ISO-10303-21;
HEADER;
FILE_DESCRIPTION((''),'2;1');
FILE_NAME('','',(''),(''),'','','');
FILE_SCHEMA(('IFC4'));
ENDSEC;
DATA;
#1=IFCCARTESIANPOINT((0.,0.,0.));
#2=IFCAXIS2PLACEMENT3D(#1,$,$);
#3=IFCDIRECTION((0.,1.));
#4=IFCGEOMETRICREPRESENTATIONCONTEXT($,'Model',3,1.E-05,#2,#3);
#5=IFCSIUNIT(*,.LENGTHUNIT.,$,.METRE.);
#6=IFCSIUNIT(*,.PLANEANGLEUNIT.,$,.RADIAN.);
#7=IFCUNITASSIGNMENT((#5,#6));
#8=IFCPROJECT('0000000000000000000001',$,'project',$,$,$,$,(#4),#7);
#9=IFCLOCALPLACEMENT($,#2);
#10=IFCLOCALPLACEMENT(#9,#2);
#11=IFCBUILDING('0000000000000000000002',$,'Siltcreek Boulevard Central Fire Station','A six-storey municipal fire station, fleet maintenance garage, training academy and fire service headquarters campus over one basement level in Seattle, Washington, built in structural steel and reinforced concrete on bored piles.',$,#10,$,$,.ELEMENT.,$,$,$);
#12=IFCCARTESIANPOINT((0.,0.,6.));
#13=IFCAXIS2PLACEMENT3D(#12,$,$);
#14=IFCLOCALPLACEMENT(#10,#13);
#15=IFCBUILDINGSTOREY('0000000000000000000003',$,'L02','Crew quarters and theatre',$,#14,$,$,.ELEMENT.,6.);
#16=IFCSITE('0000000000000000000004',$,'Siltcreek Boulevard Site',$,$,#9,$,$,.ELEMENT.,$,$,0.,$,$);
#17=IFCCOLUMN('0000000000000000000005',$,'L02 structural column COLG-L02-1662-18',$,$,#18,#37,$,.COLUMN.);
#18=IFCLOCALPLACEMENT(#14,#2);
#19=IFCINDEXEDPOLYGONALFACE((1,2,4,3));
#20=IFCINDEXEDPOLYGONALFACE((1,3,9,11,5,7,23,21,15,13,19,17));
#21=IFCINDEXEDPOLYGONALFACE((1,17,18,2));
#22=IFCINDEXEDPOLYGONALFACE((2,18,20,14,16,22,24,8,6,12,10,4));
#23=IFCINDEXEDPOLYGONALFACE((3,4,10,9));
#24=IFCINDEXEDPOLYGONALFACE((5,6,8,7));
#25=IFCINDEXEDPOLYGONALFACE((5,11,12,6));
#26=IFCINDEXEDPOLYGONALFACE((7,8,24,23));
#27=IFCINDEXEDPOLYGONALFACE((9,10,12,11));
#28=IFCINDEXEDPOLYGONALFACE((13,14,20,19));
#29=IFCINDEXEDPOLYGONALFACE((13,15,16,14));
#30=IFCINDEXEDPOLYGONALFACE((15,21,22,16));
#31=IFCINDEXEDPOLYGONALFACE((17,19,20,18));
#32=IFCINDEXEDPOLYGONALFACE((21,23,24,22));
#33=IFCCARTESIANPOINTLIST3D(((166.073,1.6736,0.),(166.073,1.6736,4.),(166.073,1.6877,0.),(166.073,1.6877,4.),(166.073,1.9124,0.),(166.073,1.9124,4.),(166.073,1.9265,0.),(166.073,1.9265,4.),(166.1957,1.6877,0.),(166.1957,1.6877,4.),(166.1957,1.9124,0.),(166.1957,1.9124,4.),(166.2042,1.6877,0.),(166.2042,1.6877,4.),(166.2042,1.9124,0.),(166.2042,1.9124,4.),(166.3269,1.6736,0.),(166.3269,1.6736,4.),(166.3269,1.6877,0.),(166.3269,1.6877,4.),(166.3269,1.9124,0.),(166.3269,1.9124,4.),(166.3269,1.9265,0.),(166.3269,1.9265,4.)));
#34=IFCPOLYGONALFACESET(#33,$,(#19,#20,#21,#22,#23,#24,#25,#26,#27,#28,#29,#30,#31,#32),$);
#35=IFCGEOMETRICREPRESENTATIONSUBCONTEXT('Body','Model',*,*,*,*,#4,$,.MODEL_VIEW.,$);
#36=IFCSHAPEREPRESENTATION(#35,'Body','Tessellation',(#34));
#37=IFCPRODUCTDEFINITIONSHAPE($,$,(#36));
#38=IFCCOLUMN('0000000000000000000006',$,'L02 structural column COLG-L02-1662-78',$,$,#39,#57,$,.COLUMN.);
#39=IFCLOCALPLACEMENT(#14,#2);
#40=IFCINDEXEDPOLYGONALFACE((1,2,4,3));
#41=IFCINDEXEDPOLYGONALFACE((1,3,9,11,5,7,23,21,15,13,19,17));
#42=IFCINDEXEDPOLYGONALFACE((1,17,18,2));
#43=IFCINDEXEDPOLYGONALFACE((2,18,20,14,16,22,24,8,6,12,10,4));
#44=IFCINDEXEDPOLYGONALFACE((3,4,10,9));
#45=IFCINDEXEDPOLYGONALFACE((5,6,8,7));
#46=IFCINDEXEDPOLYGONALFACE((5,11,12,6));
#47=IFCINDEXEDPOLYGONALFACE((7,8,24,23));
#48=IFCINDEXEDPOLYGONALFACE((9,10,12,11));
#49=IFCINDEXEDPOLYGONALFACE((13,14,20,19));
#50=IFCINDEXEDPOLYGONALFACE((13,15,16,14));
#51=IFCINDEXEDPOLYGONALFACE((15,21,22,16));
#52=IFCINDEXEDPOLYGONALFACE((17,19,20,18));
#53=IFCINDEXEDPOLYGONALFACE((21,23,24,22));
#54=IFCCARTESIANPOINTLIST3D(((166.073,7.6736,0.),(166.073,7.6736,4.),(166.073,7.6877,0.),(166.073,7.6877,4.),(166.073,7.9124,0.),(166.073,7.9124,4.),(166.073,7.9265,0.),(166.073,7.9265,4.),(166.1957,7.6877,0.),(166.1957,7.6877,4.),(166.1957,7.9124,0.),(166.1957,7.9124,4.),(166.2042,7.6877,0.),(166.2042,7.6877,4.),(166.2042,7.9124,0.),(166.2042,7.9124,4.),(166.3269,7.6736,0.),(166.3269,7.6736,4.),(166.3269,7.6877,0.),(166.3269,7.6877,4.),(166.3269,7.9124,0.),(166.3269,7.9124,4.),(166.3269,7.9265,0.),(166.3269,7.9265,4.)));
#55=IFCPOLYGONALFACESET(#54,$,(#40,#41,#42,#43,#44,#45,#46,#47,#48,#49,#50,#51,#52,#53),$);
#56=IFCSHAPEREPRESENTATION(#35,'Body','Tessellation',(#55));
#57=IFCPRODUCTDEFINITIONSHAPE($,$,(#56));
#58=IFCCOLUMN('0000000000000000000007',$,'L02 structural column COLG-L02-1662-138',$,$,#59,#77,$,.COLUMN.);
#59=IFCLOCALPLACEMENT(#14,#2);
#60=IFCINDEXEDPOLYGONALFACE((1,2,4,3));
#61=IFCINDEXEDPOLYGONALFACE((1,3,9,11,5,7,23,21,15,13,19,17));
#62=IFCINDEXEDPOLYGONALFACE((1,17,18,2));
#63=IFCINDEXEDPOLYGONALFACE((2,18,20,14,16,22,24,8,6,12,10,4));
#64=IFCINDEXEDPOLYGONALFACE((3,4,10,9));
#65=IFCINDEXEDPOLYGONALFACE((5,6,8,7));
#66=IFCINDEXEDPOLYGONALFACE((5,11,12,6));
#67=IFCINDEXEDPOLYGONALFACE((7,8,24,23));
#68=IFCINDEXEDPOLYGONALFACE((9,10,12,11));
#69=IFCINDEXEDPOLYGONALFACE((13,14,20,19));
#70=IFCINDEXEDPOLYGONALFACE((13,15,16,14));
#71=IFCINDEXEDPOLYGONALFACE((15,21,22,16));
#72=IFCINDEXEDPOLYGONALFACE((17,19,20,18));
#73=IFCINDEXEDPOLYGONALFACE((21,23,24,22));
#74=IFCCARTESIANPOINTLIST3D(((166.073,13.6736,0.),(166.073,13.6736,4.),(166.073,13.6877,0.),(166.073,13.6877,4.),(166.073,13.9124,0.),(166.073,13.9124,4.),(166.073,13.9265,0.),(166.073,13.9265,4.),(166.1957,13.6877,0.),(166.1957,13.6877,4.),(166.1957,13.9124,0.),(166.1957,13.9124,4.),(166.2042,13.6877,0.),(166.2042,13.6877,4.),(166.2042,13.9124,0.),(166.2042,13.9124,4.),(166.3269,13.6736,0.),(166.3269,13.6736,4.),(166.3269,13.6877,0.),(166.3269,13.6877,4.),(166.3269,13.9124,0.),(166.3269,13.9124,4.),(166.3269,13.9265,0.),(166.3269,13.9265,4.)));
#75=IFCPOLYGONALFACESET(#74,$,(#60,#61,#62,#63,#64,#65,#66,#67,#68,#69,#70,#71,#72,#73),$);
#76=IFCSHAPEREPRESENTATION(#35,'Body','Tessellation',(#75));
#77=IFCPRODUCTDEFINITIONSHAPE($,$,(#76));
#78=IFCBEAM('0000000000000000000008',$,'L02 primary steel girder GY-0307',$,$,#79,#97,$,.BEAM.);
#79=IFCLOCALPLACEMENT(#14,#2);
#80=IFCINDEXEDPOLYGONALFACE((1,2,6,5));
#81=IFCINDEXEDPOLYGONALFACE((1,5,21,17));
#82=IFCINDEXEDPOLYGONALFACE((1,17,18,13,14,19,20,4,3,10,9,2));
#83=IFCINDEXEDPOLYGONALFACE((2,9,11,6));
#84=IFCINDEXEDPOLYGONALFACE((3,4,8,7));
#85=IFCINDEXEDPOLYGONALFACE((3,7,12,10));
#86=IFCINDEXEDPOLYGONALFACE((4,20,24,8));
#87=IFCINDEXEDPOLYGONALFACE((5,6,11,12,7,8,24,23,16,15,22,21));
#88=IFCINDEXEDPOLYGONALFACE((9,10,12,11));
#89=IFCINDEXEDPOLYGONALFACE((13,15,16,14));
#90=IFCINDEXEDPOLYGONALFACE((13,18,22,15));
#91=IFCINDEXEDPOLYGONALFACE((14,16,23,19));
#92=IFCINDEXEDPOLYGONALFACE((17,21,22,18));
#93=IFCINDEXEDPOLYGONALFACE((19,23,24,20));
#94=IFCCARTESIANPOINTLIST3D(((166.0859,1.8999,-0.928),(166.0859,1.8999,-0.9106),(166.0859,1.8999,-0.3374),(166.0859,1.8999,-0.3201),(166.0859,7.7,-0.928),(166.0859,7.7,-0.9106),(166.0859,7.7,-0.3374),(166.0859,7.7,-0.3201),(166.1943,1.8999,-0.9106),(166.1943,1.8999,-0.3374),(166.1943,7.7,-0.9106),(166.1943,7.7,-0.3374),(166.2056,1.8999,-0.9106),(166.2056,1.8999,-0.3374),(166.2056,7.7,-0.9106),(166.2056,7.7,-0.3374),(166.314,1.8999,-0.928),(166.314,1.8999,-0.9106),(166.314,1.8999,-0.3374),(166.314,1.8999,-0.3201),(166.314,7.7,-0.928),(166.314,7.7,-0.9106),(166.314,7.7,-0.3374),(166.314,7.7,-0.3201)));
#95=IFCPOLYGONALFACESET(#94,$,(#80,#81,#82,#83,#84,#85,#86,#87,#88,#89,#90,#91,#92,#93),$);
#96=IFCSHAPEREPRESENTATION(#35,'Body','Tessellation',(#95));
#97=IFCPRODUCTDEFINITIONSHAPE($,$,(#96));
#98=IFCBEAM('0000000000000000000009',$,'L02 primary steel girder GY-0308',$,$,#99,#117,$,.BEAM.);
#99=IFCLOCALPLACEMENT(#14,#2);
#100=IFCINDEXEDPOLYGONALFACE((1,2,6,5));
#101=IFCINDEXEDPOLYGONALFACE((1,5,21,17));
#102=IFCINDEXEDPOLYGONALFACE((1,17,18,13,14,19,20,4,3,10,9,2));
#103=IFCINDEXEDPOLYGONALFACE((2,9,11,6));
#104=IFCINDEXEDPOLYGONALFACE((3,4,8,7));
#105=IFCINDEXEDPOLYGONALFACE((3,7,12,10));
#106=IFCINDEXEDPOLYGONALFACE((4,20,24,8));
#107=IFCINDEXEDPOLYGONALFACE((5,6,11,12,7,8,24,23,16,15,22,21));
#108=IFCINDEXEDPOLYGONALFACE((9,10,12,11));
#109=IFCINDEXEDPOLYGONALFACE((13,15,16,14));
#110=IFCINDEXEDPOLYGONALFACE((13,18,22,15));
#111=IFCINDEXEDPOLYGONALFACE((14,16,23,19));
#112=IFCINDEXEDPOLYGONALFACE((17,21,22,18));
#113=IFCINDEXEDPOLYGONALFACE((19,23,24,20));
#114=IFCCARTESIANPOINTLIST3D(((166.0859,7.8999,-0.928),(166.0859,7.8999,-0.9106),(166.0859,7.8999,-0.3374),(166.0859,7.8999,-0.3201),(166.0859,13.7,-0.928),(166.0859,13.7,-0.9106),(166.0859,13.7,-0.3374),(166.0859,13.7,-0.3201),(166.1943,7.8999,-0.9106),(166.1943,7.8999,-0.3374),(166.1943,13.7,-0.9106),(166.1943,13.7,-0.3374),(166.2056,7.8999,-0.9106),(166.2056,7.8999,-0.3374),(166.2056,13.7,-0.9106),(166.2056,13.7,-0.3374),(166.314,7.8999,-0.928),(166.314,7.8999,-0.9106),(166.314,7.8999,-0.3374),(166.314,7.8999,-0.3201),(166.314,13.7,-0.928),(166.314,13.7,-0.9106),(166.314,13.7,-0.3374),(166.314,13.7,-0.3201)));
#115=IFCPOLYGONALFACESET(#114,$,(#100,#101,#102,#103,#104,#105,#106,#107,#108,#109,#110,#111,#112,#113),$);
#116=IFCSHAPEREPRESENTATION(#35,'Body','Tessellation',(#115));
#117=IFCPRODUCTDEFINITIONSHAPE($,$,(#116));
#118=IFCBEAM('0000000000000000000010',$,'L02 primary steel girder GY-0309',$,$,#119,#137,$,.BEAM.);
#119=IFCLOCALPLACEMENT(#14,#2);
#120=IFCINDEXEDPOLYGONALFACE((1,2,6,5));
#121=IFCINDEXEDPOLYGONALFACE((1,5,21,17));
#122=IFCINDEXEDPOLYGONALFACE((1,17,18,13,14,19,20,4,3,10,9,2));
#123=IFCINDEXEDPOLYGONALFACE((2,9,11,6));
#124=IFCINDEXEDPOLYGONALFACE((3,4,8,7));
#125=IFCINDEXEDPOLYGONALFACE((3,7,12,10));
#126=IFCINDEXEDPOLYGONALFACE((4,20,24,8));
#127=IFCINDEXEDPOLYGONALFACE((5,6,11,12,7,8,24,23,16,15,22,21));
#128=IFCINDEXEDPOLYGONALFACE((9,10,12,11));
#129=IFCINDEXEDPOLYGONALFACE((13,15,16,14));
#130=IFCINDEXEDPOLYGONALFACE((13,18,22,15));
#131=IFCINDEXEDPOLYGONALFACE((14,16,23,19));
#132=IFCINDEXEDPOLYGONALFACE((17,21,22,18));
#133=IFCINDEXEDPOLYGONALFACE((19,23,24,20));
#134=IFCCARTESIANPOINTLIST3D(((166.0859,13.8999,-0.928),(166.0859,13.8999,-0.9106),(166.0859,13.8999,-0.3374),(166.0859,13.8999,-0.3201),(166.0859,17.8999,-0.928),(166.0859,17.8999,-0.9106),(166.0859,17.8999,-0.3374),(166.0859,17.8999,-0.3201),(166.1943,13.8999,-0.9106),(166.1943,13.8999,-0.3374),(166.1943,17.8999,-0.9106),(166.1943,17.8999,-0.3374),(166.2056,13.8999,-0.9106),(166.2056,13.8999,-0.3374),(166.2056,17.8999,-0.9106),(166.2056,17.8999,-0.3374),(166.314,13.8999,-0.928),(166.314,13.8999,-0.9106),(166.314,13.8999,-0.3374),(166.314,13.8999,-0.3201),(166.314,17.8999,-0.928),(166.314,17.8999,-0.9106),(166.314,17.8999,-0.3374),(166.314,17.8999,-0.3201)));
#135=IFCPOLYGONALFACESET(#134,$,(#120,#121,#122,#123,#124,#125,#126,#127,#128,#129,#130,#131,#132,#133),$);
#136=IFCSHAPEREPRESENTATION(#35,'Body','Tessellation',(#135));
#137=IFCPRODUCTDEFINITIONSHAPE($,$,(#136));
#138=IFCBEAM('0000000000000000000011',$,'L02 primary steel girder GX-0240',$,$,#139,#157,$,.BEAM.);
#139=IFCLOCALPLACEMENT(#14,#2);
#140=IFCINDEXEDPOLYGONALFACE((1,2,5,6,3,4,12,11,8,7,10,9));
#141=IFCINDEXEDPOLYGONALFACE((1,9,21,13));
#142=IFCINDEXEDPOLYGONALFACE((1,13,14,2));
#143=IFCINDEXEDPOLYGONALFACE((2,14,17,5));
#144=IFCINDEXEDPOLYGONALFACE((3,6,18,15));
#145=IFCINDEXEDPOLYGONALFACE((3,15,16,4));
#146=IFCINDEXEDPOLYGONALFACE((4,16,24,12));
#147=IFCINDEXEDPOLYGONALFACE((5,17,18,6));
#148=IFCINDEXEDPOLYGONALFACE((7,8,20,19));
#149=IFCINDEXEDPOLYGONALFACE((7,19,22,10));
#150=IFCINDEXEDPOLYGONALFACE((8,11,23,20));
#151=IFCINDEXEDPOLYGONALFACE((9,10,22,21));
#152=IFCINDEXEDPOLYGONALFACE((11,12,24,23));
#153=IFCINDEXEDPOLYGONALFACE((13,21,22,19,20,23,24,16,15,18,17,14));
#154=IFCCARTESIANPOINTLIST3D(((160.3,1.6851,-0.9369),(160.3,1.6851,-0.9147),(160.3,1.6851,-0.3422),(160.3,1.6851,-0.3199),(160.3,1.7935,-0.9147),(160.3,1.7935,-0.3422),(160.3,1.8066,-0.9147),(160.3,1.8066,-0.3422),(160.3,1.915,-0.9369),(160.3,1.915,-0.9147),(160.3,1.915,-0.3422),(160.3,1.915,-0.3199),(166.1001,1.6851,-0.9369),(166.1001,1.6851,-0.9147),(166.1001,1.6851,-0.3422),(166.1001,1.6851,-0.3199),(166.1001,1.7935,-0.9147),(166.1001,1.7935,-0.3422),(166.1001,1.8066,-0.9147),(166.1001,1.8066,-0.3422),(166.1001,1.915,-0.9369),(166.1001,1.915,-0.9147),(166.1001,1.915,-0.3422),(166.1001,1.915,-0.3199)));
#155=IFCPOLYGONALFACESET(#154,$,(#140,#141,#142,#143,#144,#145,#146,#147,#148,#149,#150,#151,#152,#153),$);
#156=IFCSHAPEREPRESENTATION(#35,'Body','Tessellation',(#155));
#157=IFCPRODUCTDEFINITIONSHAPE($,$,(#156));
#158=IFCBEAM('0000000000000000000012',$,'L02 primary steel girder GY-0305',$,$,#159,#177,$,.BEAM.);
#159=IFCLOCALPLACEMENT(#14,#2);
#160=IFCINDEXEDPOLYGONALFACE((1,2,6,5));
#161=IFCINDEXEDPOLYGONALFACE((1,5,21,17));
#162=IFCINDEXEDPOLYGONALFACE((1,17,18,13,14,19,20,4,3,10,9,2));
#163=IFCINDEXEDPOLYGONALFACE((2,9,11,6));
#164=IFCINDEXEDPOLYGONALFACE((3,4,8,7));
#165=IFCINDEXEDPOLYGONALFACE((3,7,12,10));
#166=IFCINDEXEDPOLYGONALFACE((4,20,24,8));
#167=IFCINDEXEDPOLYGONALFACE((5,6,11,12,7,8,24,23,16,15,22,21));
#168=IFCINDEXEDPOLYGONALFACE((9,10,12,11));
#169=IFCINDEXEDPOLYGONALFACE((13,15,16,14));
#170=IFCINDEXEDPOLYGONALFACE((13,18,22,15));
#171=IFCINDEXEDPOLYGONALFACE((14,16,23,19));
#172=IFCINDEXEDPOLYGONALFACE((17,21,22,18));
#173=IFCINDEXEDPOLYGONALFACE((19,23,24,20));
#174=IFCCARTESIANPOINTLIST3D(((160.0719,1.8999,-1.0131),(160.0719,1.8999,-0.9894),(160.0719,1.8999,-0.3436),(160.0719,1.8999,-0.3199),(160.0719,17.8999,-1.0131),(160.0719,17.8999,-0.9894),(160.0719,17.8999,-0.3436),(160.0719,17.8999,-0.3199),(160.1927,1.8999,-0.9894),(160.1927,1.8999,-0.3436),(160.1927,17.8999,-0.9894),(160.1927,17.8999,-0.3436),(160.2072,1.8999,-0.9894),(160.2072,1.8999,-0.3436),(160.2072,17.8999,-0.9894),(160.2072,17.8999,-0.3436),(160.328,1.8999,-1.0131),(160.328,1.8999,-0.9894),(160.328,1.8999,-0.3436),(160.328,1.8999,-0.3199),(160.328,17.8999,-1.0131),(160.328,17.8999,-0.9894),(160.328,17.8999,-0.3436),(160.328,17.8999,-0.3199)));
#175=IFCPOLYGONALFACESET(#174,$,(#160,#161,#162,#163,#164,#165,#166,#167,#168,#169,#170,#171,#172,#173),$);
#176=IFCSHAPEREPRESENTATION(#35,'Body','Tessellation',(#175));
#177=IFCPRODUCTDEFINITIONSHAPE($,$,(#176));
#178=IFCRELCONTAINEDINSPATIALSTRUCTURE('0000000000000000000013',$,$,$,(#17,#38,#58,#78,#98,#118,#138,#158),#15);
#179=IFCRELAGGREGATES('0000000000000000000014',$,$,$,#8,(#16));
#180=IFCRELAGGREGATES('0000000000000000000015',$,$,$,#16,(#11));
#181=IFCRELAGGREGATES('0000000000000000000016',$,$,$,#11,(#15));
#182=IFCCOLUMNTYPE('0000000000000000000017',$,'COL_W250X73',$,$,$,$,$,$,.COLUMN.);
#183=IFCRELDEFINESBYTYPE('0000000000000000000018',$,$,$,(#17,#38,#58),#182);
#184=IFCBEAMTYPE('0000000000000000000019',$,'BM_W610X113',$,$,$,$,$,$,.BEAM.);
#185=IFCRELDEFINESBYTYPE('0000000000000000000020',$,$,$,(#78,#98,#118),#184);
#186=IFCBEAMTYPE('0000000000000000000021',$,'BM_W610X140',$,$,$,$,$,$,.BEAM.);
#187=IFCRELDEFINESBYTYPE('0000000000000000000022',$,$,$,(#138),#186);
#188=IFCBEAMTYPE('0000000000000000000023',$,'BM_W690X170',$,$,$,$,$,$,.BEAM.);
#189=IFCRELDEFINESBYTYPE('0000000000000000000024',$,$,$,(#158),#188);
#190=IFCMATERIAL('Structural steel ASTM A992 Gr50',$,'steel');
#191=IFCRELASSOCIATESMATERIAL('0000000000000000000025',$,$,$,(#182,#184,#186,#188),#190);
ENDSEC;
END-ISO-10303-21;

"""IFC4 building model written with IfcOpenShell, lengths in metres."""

from ifc_helpers import new_model, si_unit, direction, frame, origin, origin_2d, place, context, subcontext, project, spatial, i_section, extrude, material, material_profile, profile_set, type_object, element, save


model = new_model("IFC4")

# Units and contexts
model_context = context("Model", 3, precision=1e-05, world=origin(), true_north=direction((0.0, 1.0)))
body_context = subcontext(model_context, "Body", "Model", "MODEL_VIEW")
ifc_project = project(units=[si_unit("LENGTHUNIT", "METRE"), si_unit("PLANEANGLEUNIT", "RADIAN")], contexts=[model_context])

# Site, building, storey
site_placement = place(None, origin())
site = spatial("IfcSite", under=ifc_project, at=site_placement, Name="Siltcreek Boulevard Site", CompositionType="ELEMENT", RefElevation=0.0)
building_placement = place(site_placement, origin())
building = spatial("IfcBuilding", under=site, at=building_placement, Name="Siltcreek Boulevard Central Fire Station", Description="A six-storey municipal fire station, fleet maintenance garage, training academy and fire service headquarters campus over one basement level in Seattle, Washington, built in structural steel and reinforced concrete on bored piles.", CompositionType="ELEMENT")
storey_placement = place(building_placement, frame((0.0, 0.0, 6.0)))
storey = spatial("IfcBuildingStorey", under=building, at=storey_placement, Name="L02", Description="Crew quarters and theatre", CompositionType="ELEMENT", Elevation=6.0)

# Columns
ifc_material_1 = material(Name="Structural steel ASTM A992 Gr50", Category="steel")
ifc_material_profile_1 = material_profile(ifc_material_1, i_section(OverallWidth=0.2539, OverallDepth=0.2529, WebThickness=0.0085, FlangeThickness=0.0142, at=origin_2d()), Name="W250X73")
ifc_profile_set_1 = profile_set([ifc_material_profile_1], Name="Structural steel ASTM A992 Gr50")
column_type = type_object("IfcColumnType", Name="COL_W250X73", PredefinedType="COLUMN", material=ifc_profile_set_1)
for number, where, z_axis, x_axis, name in (
    (1, (166.2, 1.8, 0.0), (0.0, 0.0, 1.0), (1.0, 0.0, 0.0), "L02 structural column COLG-L02-1662-18"),
    (2, (166.2, 7.8, 0.0), (0.0, 0.0, 1.0), (1.0, 0.0, 0.0), "L02 structural column COLG-L02-1662-78"),
    (3, (166.2, 13.8, 0.0), (0.0, 0.0, 1.0), (1.0, 0.0, 0.0), "L02 structural column COLG-L02-1662-138"),
):
    element("IfcColumn", number, at=place(storey_placement, frame(where, z_axis=z_axis, x_axis=x_axis)), inside=storey, type_object=column_type, Name=name, PredefinedType="COLUMN", context=body_context, shape_type="SweptSolid", body=[
        extrude(i_section(OverallWidth=0.2539, OverallDepth=0.2529, WebThickness=0.0085, FlangeThickness=0.0142, at=origin_2d()), origin(), (0.0, 0.0, 1.0), 4.0),
    ])

# Beams
ifc_material_profile_2 = material_profile(ifc_material_1, i_section(OverallWidth=0.228, OverallDepth=0.6079, WebThickness=0.0112, FlangeThickness=0.0173, at=origin_2d()), Name="W610X113")
ifc_profile_set_2 = profile_set([ifc_material_profile_2], Name="Structural steel ASTM A992 Gr50")
beam_type_1 = type_object("IfcBeamType", Name="BM_W610X113", PredefinedType="BEAM", material=ifc_profile_set_2)
for number, where, z_axis, x_axis, name in (
    (4, (166.2, 1.8999, -0.624), (0.0, 1.0, 0.0), (-1.0, 0.0, 0.0), "L02 primary steel girder GY-0307"),
    (5, (166.2, 7.8999, -0.624), (0.0, 1.0, 0.0), (-1.0, 0.0, 0.0), "L02 primary steel girder GY-0308"),
):
    element("IfcBeam", number, at=place(storey_placement, frame(where, z_axis=z_axis, x_axis=x_axis)), inside=storey, type_object=beam_type_1, Name=name, PredefinedType="BEAM", context=body_context, shape_type="SweptSolid", body=[
        extrude(i_section(OverallWidth=0.228, OverallDepth=0.6079, WebThickness=0.0112, FlangeThickness=0.0173, at=origin_2d()), origin(), (0.0, 0.0, 1.0), 5.8),
    ])
beam_1_placement = place(storey_placement, frame((166.2, 13.8999, -0.624), z_axis=(0.0, 1.0, 0.0), x_axis=(-1.0, 0.0, 0.0)))
element("IfcBeam", 6, at=beam_1_placement, inside=storey, type_object=beam_type_1, Name="L02 primary steel girder GY-0309", PredefinedType="BEAM", context=body_context, shape_type="SweptSolid", body=[
    extrude(i_section(OverallWidth=0.228, OverallDepth=0.6079, WebThickness=0.0112, FlangeThickness=0.0173, at=origin_2d()), origin(), (0.0, 0.0, 1.0), 4.0),
])
ifc_material_profile_3 = material_profile(ifc_material_1, i_section(OverallWidth=0.23, OverallDepth=0.6169, WebThickness=0.0132, FlangeThickness=0.0222, at=origin_2d()), Name="W610X140")
ifc_profile_set_3 = profile_set([ifc_material_profile_3], Name="Structural steel ASTM A992 Gr50")
beam_type_2 = type_object("IfcBeamType", Name="BM_W610X140", PredefinedType="BEAM", material=ifc_profile_set_3)
beam_2_placement = place(storey_placement, frame((160.3, 1.8, -0.6284), z_axis=(1.0, 0.0, 0.0), x_axis=(0.0, 1.0, 0.0)))
element("IfcBeam", 7, at=beam_2_placement, inside=storey, type_object=beam_type_2, Name="L02 primary steel girder GX-0240", PredefinedType="BEAM", context=body_context, shape_type="SweptSolid", body=[
    extrude(i_section(OverallWidth=0.23, OverallDepth=0.6169, WebThickness=0.0132, FlangeThickness=0.0222, at=origin_2d()), origin(), (0.0, 0.0, 1.0), 5.8),
])
ifc_material_profile_4 = material_profile(ifc_material_1, i_section(OverallWidth=0.2561, OverallDepth=0.6931, WebThickness=0.0144, FlangeThickness=0.0237, at=origin_2d()), Name="W690X170")
ifc_profile_set_4 = profile_set([ifc_material_profile_4], Name="Structural steel ASTM A992 Gr50")
beam_type_3 = type_object("IfcBeamType", Name="BM_W690X170", PredefinedType="BEAM", material=ifc_profile_set_4)
beam_3_placement = place(storey_placement, frame((160.2, 1.8999, -0.6665), z_axis=(0.0, 1.0, 0.0), x_axis=(-1.0, 0.0, 0.0)))
element("IfcBeam", 8, at=beam_3_placement, inside=storey, type_object=beam_type_3, Name="L02 primary steel girder GY-0305", PredefinedType="BEAM", context=body_context, shape_type="SweptSolid", body=[
    extrude(i_section(OverallWidth=0.2561, OverallDepth=0.6931, WebThickness=0.0144, FlangeThickness=0.0237, at=origin_2d()), origin(), (0.0, 0.0, 1.0), 16.0),
])

save(model, "model.ifc")
